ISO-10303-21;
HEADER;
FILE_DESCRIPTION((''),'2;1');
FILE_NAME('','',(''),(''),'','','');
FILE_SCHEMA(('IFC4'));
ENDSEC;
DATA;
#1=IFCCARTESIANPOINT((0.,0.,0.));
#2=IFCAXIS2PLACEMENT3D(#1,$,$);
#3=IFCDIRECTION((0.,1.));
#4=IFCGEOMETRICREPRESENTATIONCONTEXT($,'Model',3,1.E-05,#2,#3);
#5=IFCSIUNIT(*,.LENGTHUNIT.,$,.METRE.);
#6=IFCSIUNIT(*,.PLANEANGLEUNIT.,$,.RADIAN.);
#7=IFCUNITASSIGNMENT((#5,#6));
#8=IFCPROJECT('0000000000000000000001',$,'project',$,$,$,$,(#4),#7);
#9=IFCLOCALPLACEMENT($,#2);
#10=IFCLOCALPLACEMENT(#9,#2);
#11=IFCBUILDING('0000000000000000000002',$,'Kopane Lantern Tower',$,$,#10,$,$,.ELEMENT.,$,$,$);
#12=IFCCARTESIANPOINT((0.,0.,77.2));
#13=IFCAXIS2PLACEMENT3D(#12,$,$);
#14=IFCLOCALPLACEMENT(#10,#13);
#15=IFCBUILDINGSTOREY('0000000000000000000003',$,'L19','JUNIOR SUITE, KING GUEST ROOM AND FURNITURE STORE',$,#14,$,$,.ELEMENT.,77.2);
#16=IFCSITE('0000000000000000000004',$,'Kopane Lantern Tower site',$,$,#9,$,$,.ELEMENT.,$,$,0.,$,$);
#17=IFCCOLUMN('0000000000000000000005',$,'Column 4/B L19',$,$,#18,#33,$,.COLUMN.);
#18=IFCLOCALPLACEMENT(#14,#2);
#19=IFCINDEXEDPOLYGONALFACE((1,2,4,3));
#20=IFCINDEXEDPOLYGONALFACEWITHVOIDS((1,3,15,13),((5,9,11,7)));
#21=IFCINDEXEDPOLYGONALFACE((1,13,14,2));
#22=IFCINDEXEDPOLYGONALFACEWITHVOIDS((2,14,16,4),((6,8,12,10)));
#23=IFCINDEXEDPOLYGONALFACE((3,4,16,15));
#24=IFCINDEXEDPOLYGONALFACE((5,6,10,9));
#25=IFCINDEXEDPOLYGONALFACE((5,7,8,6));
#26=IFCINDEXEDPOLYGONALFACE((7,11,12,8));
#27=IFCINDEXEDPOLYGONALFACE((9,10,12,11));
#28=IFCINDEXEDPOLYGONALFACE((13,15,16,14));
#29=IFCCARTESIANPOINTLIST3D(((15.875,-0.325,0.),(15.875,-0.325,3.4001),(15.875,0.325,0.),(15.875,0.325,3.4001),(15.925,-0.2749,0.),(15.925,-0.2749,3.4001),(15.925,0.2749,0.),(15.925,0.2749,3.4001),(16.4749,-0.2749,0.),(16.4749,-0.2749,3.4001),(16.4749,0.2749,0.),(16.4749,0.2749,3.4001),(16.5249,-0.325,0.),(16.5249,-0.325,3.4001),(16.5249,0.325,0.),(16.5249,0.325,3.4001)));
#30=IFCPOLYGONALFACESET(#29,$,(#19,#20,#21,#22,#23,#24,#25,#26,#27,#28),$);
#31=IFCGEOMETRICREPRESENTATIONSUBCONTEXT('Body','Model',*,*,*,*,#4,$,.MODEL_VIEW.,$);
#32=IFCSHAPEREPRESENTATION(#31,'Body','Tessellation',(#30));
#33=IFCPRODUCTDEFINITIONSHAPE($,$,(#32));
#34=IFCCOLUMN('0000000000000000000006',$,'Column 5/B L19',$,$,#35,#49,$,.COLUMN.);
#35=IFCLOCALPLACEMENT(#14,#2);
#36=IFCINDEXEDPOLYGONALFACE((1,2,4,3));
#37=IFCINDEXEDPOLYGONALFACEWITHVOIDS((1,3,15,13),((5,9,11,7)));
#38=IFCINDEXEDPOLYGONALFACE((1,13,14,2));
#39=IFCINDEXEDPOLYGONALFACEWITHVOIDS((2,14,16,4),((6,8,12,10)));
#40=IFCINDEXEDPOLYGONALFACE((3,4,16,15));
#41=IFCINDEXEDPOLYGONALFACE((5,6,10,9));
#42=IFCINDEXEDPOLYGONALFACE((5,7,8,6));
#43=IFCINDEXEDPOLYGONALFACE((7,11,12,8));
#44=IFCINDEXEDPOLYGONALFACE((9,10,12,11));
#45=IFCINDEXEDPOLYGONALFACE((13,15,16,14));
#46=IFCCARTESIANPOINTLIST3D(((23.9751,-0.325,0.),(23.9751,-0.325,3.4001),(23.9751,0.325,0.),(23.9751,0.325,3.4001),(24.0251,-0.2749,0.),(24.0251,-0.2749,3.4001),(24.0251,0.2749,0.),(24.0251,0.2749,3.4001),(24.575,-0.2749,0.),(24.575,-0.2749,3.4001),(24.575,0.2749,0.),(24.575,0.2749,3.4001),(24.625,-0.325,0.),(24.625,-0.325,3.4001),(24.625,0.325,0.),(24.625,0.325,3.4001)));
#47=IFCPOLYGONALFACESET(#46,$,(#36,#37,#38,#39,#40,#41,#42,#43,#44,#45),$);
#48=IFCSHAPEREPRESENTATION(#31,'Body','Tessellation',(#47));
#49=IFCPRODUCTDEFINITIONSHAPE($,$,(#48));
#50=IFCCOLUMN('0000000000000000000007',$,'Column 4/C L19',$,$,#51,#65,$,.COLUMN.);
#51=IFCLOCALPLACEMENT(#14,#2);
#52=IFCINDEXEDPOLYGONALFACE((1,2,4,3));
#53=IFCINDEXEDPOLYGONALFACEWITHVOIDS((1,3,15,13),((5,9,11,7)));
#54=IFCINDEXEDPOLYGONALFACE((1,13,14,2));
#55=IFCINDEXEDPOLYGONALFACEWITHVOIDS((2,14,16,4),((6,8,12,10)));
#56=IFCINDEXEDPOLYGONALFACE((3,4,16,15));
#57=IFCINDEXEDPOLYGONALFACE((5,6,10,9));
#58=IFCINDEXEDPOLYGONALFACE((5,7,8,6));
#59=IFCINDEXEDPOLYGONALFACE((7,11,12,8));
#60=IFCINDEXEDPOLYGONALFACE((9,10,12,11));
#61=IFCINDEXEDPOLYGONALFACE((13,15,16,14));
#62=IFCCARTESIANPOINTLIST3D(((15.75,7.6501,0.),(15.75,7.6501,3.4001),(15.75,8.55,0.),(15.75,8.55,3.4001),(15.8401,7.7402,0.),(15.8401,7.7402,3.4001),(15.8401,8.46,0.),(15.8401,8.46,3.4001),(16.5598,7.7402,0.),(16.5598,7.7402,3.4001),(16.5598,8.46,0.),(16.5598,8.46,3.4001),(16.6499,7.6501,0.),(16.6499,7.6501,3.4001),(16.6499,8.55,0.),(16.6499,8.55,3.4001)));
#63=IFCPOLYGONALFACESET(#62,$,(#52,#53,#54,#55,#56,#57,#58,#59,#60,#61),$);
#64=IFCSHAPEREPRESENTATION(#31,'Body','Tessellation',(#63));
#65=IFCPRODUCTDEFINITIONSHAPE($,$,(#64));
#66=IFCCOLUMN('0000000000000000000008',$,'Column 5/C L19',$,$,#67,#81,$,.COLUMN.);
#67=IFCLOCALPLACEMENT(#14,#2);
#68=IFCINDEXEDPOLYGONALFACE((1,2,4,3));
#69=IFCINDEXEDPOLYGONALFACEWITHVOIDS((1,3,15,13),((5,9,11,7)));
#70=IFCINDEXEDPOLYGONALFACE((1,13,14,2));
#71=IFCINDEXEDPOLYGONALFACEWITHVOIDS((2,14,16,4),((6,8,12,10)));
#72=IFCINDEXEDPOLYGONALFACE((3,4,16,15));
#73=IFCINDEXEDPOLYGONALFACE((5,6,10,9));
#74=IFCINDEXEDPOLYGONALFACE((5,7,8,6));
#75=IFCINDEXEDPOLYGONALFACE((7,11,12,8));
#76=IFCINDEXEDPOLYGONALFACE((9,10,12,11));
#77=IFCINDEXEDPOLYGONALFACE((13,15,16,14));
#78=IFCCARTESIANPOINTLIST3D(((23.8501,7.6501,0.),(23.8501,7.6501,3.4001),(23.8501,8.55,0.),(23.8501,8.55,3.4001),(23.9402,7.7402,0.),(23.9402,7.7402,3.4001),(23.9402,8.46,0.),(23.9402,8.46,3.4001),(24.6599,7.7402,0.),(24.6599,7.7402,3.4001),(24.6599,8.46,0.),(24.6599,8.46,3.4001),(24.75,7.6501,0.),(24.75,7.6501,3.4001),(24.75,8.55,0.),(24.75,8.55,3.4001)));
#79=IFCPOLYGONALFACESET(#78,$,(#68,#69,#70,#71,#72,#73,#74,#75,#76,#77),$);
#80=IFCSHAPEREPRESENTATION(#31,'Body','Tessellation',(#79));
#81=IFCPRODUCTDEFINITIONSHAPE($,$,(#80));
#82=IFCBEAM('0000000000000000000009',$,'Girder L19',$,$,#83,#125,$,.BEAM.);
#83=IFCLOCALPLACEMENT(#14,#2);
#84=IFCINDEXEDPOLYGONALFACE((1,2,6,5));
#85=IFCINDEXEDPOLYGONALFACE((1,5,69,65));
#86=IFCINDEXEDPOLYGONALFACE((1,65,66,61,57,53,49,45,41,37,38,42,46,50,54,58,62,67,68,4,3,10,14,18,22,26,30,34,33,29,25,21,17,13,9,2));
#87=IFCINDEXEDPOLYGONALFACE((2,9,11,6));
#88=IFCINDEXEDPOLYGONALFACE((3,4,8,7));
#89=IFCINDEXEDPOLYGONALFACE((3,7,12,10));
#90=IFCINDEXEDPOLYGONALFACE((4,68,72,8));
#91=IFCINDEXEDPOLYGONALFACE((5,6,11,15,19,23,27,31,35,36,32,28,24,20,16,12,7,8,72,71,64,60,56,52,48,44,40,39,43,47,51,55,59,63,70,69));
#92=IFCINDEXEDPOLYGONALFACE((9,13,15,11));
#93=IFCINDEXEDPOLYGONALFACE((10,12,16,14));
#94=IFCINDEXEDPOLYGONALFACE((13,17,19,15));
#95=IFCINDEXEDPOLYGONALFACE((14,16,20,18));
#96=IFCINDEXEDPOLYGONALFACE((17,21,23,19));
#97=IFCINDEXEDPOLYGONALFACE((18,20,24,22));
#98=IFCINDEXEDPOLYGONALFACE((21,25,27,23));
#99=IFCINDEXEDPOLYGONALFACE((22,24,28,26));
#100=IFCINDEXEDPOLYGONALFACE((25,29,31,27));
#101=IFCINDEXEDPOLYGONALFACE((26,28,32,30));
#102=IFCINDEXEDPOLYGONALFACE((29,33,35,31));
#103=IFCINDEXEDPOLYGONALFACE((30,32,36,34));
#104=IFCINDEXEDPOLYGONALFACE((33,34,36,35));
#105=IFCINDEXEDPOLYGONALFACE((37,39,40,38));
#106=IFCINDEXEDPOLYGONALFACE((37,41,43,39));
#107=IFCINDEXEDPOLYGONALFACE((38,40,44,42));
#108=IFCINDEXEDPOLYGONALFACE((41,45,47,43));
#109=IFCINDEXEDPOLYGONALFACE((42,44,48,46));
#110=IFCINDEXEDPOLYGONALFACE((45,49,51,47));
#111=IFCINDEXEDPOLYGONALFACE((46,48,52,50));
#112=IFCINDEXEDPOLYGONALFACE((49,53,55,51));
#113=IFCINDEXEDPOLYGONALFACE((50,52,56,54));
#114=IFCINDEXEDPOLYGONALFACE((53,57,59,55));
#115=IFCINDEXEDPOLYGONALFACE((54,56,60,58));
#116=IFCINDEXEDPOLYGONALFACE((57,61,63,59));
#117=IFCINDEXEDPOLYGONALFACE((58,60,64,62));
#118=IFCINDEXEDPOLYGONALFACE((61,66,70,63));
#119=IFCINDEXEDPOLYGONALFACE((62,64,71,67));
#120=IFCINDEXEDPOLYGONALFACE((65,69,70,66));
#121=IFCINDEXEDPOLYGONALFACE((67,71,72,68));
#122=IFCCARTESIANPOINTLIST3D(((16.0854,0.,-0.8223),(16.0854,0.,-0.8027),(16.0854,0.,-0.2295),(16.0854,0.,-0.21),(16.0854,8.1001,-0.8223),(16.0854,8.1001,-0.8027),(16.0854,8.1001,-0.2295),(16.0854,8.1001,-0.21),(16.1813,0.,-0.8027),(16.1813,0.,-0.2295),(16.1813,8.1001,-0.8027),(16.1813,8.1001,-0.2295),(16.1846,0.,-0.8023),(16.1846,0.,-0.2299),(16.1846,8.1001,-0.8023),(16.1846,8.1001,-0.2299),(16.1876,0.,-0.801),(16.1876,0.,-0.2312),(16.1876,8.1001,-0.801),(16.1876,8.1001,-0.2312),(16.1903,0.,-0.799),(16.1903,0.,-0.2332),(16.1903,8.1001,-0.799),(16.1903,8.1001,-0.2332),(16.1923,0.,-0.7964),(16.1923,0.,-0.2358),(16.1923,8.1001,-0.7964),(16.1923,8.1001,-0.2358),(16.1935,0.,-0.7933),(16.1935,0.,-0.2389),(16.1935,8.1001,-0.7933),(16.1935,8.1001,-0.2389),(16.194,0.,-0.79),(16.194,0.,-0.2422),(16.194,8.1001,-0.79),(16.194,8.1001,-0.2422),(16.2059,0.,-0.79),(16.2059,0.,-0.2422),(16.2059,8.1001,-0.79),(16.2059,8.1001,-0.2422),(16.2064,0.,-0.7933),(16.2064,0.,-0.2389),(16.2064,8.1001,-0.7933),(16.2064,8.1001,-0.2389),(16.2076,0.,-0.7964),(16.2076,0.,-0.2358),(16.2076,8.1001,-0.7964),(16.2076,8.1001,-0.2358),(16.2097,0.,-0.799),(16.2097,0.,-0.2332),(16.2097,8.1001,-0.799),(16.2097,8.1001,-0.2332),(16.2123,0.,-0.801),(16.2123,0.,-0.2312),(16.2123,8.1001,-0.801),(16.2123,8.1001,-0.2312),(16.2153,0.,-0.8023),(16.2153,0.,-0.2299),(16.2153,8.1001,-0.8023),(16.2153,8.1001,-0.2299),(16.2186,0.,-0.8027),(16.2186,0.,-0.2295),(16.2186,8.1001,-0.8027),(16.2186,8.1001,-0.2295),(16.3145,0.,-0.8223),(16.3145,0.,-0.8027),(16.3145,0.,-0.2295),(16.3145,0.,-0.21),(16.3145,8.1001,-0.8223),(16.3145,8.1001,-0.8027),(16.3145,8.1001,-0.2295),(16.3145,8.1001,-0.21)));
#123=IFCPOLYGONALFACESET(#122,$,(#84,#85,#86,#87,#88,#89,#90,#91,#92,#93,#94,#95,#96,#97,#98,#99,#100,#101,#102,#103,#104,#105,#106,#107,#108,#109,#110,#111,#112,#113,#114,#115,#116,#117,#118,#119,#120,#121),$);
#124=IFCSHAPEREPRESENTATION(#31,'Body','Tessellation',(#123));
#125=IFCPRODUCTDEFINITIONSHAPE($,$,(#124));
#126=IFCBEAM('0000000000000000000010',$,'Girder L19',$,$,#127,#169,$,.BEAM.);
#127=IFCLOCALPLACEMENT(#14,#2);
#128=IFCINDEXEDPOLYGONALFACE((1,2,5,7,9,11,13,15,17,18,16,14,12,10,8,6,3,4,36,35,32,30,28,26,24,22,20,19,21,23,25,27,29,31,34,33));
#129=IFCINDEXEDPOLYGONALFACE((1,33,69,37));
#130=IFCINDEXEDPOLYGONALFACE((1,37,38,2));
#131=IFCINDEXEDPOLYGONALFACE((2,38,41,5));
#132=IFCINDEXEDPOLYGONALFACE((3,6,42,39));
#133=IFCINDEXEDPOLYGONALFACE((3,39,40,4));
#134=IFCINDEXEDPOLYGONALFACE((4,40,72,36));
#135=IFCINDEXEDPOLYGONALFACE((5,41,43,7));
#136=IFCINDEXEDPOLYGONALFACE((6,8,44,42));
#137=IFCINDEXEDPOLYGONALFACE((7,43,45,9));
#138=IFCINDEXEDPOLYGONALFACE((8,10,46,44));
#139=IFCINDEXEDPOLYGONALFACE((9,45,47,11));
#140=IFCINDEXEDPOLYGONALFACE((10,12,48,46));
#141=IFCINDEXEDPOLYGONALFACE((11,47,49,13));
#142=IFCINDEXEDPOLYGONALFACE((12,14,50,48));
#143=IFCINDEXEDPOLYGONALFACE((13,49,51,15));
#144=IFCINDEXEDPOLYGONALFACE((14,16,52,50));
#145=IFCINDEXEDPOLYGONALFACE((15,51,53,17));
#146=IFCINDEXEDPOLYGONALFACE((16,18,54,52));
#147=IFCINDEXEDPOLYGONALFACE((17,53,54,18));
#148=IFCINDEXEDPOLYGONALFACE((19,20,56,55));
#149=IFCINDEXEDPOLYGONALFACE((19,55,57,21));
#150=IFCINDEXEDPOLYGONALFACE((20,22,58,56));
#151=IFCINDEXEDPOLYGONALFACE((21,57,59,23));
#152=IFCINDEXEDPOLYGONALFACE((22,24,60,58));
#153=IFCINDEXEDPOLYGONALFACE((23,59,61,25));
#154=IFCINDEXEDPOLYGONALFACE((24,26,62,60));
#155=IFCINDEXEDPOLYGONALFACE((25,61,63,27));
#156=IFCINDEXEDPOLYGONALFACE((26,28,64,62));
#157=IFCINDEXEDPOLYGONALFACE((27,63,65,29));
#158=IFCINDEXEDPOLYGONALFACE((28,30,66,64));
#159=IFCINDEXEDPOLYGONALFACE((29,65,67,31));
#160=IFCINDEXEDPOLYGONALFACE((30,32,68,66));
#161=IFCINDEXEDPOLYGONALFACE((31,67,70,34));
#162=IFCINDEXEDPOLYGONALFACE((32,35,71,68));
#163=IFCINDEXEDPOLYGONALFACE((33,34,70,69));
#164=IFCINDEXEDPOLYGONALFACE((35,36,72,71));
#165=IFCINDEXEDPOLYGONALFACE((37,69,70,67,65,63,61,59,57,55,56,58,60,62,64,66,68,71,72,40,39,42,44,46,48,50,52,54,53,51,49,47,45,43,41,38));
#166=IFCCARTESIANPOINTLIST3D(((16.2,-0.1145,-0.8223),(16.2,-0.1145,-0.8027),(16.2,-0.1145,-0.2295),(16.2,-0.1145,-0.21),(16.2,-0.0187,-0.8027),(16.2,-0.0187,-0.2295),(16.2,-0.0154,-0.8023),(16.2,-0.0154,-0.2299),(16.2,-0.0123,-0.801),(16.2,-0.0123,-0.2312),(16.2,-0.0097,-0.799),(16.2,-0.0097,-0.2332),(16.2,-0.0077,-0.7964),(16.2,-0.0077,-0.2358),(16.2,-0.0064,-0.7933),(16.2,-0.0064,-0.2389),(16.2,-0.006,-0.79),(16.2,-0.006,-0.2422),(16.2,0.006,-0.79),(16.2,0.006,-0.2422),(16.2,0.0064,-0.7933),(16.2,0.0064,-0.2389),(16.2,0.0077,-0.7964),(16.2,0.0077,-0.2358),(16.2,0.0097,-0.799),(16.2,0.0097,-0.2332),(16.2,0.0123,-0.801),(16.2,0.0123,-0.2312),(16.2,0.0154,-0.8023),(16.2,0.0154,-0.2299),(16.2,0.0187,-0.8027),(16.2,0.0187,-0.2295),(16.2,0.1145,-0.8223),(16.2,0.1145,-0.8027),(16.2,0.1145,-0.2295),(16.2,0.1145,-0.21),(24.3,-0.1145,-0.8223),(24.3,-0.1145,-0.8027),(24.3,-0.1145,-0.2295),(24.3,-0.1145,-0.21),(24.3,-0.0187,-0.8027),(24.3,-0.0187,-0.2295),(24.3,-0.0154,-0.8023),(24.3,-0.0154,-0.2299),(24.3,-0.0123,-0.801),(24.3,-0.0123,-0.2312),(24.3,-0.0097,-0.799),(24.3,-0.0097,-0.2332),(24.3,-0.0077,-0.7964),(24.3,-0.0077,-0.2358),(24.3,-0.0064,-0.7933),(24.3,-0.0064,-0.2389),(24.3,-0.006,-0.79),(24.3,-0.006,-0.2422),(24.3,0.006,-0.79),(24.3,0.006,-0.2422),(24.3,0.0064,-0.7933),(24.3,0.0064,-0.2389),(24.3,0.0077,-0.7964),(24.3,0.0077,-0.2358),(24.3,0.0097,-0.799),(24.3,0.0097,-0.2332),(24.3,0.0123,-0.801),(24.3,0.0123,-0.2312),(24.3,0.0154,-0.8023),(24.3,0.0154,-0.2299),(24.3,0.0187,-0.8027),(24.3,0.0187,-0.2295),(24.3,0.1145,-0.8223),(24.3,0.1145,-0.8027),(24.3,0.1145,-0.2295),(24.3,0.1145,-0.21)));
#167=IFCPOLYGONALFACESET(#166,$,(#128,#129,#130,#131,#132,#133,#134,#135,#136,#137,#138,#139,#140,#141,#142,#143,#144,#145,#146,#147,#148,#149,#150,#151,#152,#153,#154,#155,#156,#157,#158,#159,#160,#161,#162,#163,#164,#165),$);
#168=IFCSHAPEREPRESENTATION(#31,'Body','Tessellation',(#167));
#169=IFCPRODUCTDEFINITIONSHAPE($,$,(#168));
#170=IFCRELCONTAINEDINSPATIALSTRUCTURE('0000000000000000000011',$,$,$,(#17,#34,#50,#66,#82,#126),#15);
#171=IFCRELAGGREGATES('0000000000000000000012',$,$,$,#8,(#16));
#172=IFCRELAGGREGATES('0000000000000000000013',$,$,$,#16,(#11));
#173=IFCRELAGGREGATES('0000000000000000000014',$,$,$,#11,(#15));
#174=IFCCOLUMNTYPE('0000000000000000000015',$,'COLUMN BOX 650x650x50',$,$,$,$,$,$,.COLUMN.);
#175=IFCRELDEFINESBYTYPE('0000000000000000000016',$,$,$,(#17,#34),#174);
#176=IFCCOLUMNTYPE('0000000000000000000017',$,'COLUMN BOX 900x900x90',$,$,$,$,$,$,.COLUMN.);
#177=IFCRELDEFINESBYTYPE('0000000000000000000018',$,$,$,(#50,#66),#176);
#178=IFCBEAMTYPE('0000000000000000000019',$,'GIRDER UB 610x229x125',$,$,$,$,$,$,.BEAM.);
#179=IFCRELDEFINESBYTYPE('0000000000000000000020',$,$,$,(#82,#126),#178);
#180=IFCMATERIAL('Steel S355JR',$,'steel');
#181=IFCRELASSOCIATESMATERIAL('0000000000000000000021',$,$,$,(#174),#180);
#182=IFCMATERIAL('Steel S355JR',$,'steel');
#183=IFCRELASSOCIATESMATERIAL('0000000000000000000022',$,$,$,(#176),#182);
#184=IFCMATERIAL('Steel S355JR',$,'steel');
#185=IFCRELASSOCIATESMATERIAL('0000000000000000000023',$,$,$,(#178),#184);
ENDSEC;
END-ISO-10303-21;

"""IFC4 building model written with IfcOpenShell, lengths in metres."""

from ifc_helpers import new_model, si_unit, direction, frame, origin, origin_2d, place, context, subcontext, project, spatial, hollow_rectangle, i_section, extrude, material, material_profile, profile_set, type_object, element, save


model = new_model("IFC4")

# Units and contexts
model_context = context("Model", 3, precision=1e-05, world=origin(), true_north=direction((0.0, 1.0)))
body_context = subcontext(model_context, "Body", "Model", "MODEL_VIEW")
ifc_project = project(units=[si_unit("LENGTHUNIT", "METRE"), si_unit("PLANEANGLEUNIT", "RADIAN")], contexts=[model_context])

# Site, building, storey
site_placement = place(None, origin())
site = spatial("IfcSite", under=ifc_project, at=site_placement, Name="Kopane Lantern Tower site", CompositionType="ELEMENT", RefElevation=0.0)
building_placement = place(site_placement, origin())
building = spatial("IfcBuilding", under=site, at=building_placement, Name="Kopane Lantern Tower", CompositionType="ELEMENT")
storey_placement = place(building_placement, frame((0.0, 0.0, 77.2)))
storey = spatial("IfcBuildingStorey", under=building, at=storey_placement, Name="L19", Description="JUNIOR SUITE, KING GUEST ROOM AND FURNITURE STORE", CompositionType="ELEMENT", Elevation=77.2)

# Columns
ifc_material_1 = material(Name="Steel S355JR", Category="steel")
ifc_material_profile_1 = material_profile(ifc_material_1, hollow_rectangle(XDim=0.6499, YDim=0.6499, WallThickness=0.05, at=origin_2d()), Name="BOX 650x650x50")
ifc_profile_set_1 = profile_set([ifc_material_profile_1], Name="Steel S355JR")
column_type_1 = type_object("IfcColumnType", Name="COLUMN BOX 650x650x50", PredefinedType="COLUMN", material=ifc_profile_set_1)
for number, where, z_axis, x_axis, name in (
    (1, (16.2, 0.0, 0.0), (0.0, 0.0, 1.0), (1.0, 0.0, 0.0), "Column 4/B L19"),
    (2, (24.3, 0.0, 0.0), (0.0, 0.0, 1.0), (1.0, 0.0, 0.0), "Column 5/B L19"),
):
    element("IfcColumn", number, at=place(storey_placement, frame(where, z_axis=z_axis, x_axis=x_axis)), inside=storey, type_object=column_type_1, Name=name, PredefinedType="COLUMN", context=body_context, shape_type="SweptSolid", body=[
        extrude(hollow_rectangle(XDim=0.6499, YDim=0.6499, WallThickness=0.05, at=origin_2d()), origin(), (0.0, 0.0, 1.0), 3.4001),
    ])
ifc_material_2 = material(Name="Steel S355JR", Category="steel")
ifc_material_profile_2 = material_profile(ifc_material_2, hollow_rectangle(XDim=0.8999, YDim=0.8999, WallThickness=0.0901, at=origin_2d()), Name="BOX 900x900x90")
ifc_profile_set_2 = profile_set([ifc_material_profile_2], Name="Steel S355JR")
column_type_2 = type_object("IfcColumnType", Name="COLUMN BOX 900x900x90", PredefinedType="COLUMN", material=ifc_profile_set_2)
for number, where, z_axis, x_axis, name in (
    (3, (16.2, 8.1001, 0.0), (0.0, 0.0, 1.0), (1.0, 0.0, 0.0), "Column 4/C L19"),
    (4, (24.3, 8.1001, 0.0), (0.0, 0.0, 1.0), (1.0, 0.0, 0.0), "Column 5/C L19"),
):
    element("IfcColumn", number, at=place(storey_placement, frame(where, z_axis=z_axis, x_axis=x_axis)), inside=storey, type_object=column_type_2, Name=name, PredefinedType="COLUMN", context=body_context, shape_type="SweptSolid", body=[
        extrude(hollow_rectangle(XDim=0.8999, YDim=0.8999, WallThickness=0.0901, at=origin_2d()), origin(), (0.0, 0.0, 1.0), 3.4001),
    ])

# Beams
ifc_material_3 = material(Name="Steel S355JR", Category="steel")
ifc_material_profile_3 = material_profile(ifc_material_3, i_section(OverallWidth=0.229, OverallDepth=0.6123, WebThickness=0.012, FlangeThickness=0.0195, FilletRadius=0.0127, at=origin_2d()), Name="UB 610x229x125")
ifc_profile_set_3 = profile_set([ifc_material_profile_3], Name="Steel S355JR")
beam_type = type_object("IfcBeamType", Name="GIRDER UB 610x229x125", PredefinedType="BEAM", material=ifc_profile_set_3)
for number, where, z_axis, x_axis, name in (
    (5, (16.2, 0.0, -0.5161), (0.0, 1.0, 0.0), (-1.0, 0.0, 0.0), "Girder L19"),
    (6, (16.2, 0.0, -0.5161), (1.0, 0.0, 0.0), (0.0, 1.0, 0.0), "Girder L19"),
):
    element("IfcBeam", number, at=place(storey_placement, frame(where, z_axis=z_axis, x_axis=x_axis)), inside=storey, type_object=beam_type, Name=name, PredefinedType="BEAM", context=body_context, shape_type="SweptSolid", body=[
        extrude(i_section(OverallWidth=0.229, OverallDepth=0.6123, WebThickness=0.012, FlangeThickness=0.0195, FilletRadius=0.0127, at=origin_2d()), origin(), (0.0, 0.0, 1.0), 8.1001),
    ])

save(model, "model.ifc")
